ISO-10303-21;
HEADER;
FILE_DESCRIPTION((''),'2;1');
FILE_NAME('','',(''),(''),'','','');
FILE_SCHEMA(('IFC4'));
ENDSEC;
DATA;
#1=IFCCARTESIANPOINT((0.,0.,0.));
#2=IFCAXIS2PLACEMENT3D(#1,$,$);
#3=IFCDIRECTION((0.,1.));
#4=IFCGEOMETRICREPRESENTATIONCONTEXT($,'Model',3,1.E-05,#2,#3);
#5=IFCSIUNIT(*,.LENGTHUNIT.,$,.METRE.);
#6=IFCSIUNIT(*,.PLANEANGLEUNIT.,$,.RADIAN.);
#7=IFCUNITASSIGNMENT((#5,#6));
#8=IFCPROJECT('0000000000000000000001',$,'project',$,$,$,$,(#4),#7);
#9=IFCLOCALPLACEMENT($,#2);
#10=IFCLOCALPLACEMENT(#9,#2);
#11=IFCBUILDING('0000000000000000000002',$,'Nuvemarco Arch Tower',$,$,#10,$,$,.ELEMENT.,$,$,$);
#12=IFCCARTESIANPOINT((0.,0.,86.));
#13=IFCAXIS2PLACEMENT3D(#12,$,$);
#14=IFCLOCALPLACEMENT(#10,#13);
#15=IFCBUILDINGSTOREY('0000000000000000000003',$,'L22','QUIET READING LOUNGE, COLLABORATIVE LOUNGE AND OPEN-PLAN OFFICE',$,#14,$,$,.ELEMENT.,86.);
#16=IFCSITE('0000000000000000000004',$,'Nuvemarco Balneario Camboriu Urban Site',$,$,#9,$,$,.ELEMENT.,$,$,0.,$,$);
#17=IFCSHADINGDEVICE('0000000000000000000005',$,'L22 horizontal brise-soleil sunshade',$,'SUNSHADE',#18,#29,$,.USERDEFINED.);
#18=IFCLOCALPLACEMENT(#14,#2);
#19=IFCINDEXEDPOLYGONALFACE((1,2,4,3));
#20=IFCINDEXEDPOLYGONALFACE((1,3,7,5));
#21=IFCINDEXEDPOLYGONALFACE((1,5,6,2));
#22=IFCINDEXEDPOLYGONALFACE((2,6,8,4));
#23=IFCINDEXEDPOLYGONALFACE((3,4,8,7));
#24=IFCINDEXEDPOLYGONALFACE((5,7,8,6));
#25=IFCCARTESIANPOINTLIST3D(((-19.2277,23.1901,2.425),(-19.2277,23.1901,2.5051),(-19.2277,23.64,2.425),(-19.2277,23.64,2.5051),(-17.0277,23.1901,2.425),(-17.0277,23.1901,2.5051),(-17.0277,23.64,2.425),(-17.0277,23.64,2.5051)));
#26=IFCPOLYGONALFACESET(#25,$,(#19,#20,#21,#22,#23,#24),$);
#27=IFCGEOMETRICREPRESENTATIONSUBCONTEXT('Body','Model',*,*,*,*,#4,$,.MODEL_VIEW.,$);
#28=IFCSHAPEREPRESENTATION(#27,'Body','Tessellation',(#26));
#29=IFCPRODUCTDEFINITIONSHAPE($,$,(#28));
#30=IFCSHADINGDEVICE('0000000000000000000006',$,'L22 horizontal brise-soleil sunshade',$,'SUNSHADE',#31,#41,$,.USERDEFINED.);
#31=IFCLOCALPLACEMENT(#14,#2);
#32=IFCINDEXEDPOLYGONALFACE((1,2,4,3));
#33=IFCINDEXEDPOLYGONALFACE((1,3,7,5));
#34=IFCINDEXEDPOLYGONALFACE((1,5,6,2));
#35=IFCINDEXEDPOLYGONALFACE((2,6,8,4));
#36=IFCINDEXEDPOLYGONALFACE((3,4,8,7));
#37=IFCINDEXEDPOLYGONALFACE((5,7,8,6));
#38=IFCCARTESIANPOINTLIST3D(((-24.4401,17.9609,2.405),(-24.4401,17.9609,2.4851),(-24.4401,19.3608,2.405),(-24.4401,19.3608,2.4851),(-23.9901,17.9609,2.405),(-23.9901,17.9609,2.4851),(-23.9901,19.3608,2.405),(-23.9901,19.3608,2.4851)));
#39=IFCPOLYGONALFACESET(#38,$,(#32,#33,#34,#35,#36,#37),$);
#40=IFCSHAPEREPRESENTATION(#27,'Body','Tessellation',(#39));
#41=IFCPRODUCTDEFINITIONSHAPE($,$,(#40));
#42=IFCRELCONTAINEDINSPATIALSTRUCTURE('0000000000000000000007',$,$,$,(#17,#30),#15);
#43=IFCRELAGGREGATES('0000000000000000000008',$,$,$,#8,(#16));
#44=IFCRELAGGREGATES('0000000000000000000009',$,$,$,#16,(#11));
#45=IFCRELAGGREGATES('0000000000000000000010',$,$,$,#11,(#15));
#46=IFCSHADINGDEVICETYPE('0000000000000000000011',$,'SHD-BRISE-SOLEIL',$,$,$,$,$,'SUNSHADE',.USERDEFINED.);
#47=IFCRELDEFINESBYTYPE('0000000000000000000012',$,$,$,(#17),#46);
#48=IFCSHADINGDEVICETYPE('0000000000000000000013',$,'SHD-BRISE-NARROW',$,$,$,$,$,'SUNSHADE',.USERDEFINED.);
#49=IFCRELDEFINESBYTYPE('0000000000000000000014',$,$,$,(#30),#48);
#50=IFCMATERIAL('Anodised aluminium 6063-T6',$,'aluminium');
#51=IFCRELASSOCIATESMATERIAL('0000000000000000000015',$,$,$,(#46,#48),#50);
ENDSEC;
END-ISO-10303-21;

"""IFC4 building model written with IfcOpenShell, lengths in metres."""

from ifc_helpers import new_model, si_unit, direction, frame, origin, origin_2d, place, context, subcontext, project, spatial, rectangle, extrude, source, transform, mapped, material, type_object, type_shapes, element, save


model = new_model("IFC4")

# Units and contexts
model_context = context("Model", 3, precision=1e-05, world=origin(), true_north=direction((0.0, 1.0)))
body_context = subcontext(model_context, "Body", "Model", "MODEL_VIEW")
ifc_project = project(units=[si_unit("LENGTHUNIT", "METRE"), si_unit("PLANEANGLEUNIT", "RADIAN")], contexts=[model_context])

# Site, building, storey
site_placement = place(None, origin())
site = spatial("IfcSite", under=ifc_project, at=site_placement, Name="Nuvemarco Balneario Camboriu Urban Site", CompositionType="ELEMENT", RefElevation=0.0)
building_placement = place(site_placement, origin())
building = spatial("IfcBuilding", under=site, at=building_placement, Name="Nuvemarco Arch Tower", CompositionType="ELEMENT")
storey_placement = place(building_placement, frame((0.0, 0.0, 86.0)))
storey = spatial("IfcBuildingStorey", under=building, at=storey_placement, Name="L22", Description="QUIET READING LOUNGE, COLLABORATIVE LOUNGE AND OPEN-PLAN OFFICE", CompositionType="ELEMENT", Elevation=86.0)

# Shading devices
ifc_material_1 = material(Name="Anodised aluminium 6063-T6", Category="aluminium")
shading_device_type_1 = type_object("IfcShadingDeviceType", Name="SHD-BRISE-SOLEIL", ElementType="SUNSHADE", PredefinedType="USERDEFINED", material=ifc_material_1)
shared_shape_1 = source(origin(), body_context, "Body", "SweptSolid", [
    extrude(rectangle(XDim=2.2, YDim=0.45, at=origin_2d()), origin(), (0.0, 0.0, 1.0), 0.0801),
])
type_shapes(shading_device_type_1, [shared_shape_1])
shading_device_1_placement = place(storey_placement, frame((-18.1277, 23.415, 2.425), z_axis=(0.0, 0.0, 1.0), x_axis=(1.0, 0.0, 0.0)))
element("IfcShadingDevice", 1, at=shading_device_1_placement, inside=storey, type_object=shading_device_type_1, Name="L22 horizontal brise-soleil sunshade", ObjectType="SUNSHADE", PredefinedType="USERDEFINED", context=body_context, shape_type="MappedRepresentation", body=[
    mapped(shared_shape_1, transform((0.0, 0.0, 0.0), scale=1.0)),
])
shading_device_type_2 = type_object("IfcShadingDeviceType", Name="SHD-BRISE-NARROW", ElementType="SUNSHADE", PredefinedType="USERDEFINED", material=ifc_material_1)
shared_shape_2 = source(origin(), body_context, "Body", "SweptSolid", [
    extrude(rectangle(XDim=1.3999, YDim=0.45, at=origin_2d()), origin(), (0.0, 0.0, 1.0), 0.0801),
])
type_shapes(shading_device_type_2, [shared_shape_2])
shading_device_2_placement = place(storey_placement, frame((-24.2151, 18.6609, 2.405), z_axis=(0.0, 0.0, 1.0), x_axis=(0.0, 1.0, 0.0)))
element("IfcShadingDevice", 2, at=shading_device_2_placement, inside=storey, type_object=shading_device_type_2, Name="L22 horizontal brise-soleil sunshade", ObjectType="SUNSHADE", PredefinedType="USERDEFINED", context=body_context, shape_type="MappedRepresentation", body=[
    mapped(shared_shape_2, transform((0.0, 0.0, 0.0), scale=1.0)),
])

save(model, "model.ifc")
